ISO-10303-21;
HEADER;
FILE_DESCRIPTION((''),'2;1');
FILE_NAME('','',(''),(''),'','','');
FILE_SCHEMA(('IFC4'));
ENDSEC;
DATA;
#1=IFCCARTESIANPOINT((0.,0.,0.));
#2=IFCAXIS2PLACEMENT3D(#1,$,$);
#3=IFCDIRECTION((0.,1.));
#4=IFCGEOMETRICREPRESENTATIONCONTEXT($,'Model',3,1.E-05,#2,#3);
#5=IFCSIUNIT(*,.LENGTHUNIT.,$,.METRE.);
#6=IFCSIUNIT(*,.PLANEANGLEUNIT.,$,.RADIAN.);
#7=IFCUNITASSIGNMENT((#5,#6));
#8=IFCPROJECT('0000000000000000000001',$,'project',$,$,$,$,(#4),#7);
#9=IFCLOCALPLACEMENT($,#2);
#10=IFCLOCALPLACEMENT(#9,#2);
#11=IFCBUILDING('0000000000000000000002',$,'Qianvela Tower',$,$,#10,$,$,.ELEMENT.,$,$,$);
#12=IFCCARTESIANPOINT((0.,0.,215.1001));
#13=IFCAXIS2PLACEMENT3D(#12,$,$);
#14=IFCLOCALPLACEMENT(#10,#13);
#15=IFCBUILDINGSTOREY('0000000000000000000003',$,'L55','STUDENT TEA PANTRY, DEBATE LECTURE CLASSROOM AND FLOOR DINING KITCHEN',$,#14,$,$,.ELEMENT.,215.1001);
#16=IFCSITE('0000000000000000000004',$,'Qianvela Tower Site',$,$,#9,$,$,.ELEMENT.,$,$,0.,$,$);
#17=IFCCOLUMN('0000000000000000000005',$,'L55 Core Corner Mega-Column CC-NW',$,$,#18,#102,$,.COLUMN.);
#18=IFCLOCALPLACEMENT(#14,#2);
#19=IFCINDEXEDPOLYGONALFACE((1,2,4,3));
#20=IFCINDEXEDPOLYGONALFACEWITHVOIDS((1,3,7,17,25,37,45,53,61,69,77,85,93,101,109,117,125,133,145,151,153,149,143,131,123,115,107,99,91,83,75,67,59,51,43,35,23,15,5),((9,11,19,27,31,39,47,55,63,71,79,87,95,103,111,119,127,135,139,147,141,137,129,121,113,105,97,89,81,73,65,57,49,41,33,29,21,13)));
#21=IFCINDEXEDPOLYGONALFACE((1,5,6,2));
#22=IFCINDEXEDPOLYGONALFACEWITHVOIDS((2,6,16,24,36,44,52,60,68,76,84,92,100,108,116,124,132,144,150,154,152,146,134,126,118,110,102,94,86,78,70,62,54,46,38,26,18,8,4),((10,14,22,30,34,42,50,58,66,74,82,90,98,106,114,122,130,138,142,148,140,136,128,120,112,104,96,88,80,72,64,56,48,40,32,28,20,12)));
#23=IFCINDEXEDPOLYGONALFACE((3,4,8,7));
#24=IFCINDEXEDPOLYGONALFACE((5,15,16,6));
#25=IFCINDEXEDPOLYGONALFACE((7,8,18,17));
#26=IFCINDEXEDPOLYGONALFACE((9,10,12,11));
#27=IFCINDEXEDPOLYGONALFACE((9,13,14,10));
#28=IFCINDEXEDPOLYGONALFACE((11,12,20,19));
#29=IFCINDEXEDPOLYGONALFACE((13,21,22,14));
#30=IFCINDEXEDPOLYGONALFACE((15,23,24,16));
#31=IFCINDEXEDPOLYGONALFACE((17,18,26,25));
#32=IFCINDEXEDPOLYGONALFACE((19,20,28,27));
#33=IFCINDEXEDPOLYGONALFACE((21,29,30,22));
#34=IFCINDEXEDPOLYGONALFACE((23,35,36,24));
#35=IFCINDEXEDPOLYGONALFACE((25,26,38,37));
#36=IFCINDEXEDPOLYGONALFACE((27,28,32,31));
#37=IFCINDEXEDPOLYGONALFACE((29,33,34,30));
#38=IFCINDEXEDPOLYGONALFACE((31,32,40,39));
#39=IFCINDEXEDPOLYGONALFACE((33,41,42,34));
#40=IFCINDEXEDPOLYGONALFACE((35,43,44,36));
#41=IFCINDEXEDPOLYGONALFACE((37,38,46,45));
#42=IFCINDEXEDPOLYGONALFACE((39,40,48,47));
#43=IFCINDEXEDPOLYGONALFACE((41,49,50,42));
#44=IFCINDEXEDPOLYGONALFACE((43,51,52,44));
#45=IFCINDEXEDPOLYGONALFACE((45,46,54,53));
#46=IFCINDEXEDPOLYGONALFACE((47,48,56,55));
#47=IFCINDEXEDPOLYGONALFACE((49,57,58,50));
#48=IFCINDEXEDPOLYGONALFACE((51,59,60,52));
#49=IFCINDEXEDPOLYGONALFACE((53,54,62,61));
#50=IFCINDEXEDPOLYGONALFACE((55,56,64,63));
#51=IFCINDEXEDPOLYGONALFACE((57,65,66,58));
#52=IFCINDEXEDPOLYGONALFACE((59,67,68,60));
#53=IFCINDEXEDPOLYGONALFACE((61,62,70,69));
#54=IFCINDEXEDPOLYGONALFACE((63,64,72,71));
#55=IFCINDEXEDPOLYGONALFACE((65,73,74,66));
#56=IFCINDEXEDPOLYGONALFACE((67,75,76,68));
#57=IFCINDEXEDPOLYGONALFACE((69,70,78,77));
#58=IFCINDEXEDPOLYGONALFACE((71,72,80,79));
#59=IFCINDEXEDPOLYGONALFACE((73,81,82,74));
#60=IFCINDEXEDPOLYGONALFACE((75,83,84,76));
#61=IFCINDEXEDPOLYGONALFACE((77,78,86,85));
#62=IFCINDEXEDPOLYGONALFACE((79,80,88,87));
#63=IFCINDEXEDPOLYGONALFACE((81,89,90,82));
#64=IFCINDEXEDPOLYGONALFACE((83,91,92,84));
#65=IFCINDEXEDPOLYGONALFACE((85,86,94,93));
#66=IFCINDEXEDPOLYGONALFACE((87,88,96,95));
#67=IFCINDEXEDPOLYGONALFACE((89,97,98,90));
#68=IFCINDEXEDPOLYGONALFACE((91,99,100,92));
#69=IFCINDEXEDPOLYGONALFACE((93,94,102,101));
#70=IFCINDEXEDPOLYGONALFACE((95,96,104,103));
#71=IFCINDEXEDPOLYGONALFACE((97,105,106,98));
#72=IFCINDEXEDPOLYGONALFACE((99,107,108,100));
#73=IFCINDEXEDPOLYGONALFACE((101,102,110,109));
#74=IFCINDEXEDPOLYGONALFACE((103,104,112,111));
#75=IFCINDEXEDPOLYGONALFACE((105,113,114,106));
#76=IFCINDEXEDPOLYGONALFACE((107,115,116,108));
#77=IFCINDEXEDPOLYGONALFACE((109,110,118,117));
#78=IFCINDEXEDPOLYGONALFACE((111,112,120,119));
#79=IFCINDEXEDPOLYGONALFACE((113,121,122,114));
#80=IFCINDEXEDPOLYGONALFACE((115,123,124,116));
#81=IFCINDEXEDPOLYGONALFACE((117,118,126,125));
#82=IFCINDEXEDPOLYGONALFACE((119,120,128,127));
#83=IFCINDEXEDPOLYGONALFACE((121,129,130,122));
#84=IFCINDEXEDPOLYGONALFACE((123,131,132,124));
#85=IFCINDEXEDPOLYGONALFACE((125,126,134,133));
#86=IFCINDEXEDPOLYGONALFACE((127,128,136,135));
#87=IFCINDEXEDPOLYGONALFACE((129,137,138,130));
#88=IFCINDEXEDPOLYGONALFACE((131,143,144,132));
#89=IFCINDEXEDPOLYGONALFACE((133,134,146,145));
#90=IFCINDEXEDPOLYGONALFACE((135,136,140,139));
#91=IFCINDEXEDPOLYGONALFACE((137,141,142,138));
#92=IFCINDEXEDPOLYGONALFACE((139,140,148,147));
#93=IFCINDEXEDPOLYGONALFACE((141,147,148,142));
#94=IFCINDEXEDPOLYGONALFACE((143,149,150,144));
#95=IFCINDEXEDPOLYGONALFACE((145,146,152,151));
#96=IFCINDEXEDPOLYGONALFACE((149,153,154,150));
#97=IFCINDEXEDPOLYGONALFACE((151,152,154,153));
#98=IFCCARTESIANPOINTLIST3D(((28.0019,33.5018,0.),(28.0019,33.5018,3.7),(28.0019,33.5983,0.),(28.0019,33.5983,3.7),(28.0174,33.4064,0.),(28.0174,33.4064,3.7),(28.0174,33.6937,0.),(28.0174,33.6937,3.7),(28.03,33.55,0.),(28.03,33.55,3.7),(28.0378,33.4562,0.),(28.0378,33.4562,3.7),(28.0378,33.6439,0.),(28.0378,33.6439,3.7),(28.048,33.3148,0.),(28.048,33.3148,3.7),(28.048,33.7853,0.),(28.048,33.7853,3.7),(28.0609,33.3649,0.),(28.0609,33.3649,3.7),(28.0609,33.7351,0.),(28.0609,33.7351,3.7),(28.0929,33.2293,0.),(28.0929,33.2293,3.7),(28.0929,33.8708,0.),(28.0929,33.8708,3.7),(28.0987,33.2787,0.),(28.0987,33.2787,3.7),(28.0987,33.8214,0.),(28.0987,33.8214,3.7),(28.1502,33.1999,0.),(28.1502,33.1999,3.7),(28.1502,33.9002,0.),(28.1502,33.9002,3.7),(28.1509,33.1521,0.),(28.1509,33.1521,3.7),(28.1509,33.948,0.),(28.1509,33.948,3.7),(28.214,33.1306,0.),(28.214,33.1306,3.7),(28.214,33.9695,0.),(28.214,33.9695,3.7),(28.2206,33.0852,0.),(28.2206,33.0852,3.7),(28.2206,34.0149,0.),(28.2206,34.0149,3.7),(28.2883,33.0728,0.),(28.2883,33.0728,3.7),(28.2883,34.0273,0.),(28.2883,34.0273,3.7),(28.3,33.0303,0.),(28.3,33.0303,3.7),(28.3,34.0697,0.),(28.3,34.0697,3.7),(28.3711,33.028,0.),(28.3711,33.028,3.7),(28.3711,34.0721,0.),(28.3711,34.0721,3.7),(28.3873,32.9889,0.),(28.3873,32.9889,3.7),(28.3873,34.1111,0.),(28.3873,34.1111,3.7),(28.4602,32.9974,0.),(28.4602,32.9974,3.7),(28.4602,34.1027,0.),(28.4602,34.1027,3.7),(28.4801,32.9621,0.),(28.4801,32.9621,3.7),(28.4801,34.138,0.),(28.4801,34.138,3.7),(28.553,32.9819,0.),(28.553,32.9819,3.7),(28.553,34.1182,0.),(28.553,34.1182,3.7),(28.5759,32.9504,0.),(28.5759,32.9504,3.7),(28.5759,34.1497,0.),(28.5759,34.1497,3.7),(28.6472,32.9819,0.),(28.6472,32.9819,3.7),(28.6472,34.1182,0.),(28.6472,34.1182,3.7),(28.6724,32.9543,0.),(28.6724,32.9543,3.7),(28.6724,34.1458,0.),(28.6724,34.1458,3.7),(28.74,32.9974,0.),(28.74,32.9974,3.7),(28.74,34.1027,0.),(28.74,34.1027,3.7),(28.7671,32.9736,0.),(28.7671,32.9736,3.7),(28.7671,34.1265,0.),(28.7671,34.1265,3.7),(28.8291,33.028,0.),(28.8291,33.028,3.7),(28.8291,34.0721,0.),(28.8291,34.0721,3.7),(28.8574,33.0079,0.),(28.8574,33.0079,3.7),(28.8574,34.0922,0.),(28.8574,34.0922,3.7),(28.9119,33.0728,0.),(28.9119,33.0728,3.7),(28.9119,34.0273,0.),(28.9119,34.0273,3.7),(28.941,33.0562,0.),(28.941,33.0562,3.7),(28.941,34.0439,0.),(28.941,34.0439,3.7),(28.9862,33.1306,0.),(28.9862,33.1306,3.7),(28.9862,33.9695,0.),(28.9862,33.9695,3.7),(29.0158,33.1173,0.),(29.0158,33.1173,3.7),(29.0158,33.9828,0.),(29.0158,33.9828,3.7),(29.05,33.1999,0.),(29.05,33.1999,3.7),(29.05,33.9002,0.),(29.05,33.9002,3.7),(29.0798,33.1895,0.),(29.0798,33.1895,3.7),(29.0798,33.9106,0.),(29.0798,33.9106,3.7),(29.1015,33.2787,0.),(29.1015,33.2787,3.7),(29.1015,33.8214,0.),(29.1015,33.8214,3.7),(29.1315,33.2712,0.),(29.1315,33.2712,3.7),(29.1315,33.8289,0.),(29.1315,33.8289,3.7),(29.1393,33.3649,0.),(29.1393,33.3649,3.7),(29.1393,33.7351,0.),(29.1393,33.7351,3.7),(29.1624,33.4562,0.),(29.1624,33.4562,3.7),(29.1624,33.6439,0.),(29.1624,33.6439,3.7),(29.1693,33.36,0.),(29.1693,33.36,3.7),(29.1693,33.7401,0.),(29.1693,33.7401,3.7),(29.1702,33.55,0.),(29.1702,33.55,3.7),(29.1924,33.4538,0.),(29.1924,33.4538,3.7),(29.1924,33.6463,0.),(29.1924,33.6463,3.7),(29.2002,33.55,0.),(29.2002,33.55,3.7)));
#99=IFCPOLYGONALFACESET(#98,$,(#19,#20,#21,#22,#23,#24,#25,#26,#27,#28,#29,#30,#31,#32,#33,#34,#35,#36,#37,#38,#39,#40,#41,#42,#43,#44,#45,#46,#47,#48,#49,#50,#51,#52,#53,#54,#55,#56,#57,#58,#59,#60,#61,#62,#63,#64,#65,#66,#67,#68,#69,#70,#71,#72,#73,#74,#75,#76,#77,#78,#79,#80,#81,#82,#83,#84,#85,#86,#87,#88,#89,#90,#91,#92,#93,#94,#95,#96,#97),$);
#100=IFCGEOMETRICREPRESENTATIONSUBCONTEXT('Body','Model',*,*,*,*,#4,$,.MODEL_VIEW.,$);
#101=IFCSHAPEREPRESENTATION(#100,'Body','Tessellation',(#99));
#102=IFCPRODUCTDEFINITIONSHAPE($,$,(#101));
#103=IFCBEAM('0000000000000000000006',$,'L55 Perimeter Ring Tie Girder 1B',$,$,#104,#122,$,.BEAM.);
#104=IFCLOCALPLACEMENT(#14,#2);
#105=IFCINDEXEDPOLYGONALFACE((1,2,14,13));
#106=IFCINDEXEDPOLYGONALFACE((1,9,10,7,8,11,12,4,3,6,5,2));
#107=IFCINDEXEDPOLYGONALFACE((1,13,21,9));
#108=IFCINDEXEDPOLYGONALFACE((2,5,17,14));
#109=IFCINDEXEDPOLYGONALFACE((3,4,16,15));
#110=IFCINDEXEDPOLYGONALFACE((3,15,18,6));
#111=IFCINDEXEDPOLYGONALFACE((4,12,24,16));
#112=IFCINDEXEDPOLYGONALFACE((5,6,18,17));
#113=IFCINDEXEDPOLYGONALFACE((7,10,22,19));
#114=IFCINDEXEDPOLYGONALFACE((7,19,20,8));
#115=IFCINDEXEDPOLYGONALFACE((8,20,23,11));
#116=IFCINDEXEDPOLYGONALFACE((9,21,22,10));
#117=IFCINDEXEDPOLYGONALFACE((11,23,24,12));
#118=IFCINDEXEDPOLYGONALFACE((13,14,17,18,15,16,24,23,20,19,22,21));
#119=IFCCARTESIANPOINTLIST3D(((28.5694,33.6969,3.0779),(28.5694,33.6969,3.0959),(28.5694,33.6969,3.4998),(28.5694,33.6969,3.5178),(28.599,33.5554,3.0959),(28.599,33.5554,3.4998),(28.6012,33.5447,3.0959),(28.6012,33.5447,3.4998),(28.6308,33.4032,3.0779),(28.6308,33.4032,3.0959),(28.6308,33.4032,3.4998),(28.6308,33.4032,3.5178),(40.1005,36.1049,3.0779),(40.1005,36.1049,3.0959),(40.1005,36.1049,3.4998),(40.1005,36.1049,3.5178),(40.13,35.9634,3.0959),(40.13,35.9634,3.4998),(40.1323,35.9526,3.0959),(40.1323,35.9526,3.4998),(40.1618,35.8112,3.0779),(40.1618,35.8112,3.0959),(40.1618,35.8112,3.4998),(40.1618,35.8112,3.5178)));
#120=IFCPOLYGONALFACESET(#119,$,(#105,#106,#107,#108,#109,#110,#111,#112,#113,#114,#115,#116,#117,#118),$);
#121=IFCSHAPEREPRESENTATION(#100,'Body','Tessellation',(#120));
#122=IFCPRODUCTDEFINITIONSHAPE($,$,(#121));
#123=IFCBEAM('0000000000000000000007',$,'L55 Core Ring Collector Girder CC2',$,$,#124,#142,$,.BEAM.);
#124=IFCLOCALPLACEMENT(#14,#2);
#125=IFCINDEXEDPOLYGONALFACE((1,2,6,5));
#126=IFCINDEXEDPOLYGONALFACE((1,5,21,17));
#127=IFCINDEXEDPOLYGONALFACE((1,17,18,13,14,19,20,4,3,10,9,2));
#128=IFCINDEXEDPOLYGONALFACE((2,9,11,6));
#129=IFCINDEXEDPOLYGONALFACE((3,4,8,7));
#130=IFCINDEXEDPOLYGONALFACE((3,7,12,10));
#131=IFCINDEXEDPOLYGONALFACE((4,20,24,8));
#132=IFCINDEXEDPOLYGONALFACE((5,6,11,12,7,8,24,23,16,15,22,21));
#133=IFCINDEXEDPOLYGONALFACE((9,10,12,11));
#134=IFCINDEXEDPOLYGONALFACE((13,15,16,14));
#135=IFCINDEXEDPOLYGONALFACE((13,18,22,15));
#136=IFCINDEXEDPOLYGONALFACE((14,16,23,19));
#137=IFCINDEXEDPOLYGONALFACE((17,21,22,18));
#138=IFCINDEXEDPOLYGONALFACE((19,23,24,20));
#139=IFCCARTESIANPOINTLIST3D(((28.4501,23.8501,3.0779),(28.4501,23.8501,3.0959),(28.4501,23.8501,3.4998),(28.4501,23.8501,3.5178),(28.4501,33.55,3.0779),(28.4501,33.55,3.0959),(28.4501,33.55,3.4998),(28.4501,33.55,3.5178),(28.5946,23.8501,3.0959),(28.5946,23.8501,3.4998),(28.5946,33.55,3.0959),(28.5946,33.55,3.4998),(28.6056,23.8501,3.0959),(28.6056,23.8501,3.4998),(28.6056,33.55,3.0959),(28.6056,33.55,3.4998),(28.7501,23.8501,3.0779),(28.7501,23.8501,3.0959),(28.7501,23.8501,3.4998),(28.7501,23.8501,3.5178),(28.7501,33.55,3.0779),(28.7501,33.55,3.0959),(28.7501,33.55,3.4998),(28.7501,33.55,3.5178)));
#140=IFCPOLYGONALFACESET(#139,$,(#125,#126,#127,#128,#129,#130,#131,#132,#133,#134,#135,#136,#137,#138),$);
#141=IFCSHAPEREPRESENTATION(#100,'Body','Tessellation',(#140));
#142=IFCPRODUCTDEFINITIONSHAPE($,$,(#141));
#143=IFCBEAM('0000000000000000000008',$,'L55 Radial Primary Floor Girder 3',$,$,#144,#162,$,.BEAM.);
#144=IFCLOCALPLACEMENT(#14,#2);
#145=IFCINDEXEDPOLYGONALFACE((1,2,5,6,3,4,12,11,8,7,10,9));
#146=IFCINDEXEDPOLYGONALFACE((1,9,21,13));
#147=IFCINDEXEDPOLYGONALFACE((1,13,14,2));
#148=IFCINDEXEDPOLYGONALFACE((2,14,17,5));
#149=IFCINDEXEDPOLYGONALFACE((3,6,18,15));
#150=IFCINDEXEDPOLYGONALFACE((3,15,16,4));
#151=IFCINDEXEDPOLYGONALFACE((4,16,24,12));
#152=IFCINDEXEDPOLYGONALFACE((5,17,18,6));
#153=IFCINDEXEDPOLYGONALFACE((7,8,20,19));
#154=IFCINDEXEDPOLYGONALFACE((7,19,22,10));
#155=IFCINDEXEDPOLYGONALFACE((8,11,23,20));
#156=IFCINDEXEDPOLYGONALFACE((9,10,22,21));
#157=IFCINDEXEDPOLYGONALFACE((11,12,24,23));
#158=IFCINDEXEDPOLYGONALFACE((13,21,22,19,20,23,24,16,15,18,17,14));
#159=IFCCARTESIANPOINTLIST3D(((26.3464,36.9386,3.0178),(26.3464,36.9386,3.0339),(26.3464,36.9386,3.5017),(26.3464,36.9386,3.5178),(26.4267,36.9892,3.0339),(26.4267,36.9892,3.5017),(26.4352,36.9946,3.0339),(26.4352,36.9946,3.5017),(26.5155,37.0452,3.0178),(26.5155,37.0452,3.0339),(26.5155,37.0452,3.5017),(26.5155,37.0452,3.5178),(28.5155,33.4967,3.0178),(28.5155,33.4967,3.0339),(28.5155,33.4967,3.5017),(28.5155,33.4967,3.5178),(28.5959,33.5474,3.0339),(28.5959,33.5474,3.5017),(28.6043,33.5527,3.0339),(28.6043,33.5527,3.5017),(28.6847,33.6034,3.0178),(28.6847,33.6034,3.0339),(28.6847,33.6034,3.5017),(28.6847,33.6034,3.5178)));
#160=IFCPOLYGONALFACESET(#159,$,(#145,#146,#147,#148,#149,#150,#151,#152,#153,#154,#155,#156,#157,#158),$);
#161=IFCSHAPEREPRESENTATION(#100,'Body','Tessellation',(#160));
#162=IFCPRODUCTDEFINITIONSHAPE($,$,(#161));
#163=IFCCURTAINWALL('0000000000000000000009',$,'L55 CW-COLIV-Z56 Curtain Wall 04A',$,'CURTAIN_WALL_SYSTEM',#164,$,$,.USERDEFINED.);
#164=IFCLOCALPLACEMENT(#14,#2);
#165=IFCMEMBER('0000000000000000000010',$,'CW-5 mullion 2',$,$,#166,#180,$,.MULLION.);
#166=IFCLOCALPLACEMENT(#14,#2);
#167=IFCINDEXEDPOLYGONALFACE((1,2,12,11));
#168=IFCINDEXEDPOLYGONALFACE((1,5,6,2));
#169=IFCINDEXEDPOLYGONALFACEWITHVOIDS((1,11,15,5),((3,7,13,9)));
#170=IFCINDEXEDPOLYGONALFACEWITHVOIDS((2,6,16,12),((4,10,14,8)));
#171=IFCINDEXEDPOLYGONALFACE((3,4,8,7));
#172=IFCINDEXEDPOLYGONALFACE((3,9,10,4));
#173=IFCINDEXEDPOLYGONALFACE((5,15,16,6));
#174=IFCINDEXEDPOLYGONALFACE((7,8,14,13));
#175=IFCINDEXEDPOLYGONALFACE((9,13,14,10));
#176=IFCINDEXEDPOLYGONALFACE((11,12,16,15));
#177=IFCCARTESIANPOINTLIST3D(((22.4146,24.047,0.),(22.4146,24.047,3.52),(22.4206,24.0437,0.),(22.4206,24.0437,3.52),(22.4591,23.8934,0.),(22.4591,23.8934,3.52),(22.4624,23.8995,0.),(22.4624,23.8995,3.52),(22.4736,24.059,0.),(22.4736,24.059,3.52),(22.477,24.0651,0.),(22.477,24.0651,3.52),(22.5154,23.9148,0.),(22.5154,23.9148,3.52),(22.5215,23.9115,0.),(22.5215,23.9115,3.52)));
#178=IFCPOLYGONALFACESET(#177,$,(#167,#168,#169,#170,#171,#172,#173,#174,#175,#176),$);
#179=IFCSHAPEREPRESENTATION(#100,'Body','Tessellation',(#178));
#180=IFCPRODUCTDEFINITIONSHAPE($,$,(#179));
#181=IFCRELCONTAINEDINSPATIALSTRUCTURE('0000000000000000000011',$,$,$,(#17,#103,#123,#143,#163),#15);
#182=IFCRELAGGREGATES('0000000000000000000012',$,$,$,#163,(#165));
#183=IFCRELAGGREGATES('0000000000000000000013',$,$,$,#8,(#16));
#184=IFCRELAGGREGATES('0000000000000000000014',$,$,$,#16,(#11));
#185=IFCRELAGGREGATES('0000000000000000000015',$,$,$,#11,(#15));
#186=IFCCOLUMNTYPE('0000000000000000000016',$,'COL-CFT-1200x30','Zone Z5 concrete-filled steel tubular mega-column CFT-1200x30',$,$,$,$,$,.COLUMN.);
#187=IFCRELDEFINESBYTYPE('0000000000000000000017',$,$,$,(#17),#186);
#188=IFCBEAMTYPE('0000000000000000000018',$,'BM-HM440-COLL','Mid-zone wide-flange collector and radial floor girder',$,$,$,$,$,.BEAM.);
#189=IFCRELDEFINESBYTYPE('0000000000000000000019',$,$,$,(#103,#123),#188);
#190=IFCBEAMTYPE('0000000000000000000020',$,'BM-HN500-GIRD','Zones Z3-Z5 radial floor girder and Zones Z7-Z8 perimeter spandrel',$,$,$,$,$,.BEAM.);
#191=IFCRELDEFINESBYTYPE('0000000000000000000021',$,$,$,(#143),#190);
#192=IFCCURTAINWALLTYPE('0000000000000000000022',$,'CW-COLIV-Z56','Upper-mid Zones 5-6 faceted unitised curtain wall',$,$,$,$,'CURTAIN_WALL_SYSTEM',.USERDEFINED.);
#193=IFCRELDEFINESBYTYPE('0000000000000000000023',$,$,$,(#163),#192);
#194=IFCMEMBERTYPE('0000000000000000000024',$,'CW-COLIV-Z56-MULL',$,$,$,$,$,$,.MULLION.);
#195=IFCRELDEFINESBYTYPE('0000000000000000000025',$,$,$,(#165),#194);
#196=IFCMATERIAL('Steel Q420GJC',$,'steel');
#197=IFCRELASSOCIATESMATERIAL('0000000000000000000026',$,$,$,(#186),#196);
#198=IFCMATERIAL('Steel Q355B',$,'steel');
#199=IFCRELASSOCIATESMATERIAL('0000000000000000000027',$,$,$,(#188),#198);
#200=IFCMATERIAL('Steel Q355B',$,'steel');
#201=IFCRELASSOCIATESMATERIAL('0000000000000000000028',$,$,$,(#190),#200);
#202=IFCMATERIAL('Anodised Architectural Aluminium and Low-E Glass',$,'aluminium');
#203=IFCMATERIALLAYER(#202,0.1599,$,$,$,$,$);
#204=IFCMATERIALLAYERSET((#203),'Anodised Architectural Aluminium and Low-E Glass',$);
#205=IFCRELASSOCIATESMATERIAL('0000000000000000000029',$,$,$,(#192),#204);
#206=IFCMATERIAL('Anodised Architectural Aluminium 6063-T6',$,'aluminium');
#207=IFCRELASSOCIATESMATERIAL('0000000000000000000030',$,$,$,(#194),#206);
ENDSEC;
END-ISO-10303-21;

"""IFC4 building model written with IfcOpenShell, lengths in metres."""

from ifc_helpers import new_model, si_unit, direction, frame, origin, origin_2d, place, context, subcontext, project, spatial, hollow_rectangle, hollow_circle, i_section, extrude, material, layer, layer_set, material_profile, profile_set, type_object, element, aggregate, save


model = new_model("IFC4")

# Units and contexts
model_context = context("Model", 3, precision=1e-05, world=origin(), true_north=direction((0.0, 1.0)))
body_context = subcontext(model_context, "Body", "Model", "MODEL_VIEW")
ifc_project = project(units=[si_unit("LENGTHUNIT", "METRE"), si_unit("PLANEANGLEUNIT", "RADIAN")], contexts=[model_context])

# Site, building, storey
site_placement = place(None, origin())
site = spatial("IfcSite", under=ifc_project, at=site_placement, Name="Qianvela Tower Site", CompositionType="ELEMENT", RefElevation=0.0)
building_placement = place(site_placement, origin())
building = spatial("IfcBuilding", under=site, at=building_placement, Name="Qianvela Tower", CompositionType="ELEMENT")
storey_placement = place(building_placement, frame((0.0, 0.0, 215.1001)))
storey = spatial("IfcBuildingStorey", under=building, at=storey_placement, Name="L55", Description="STUDENT TEA PANTRY, DEBATE LECTURE CLASSROOM AND FLOOR DINING KITCHEN", CompositionType="ELEMENT", Elevation=215.1001)

# Column
ifc_material_1 = material(Name="Steel Q420GJC", Category="steel")
ifc_material_profile_1 = material_profile(ifc_material_1, hollow_circle(Radius=0.6001, WallThickness=0.03, at=origin_2d()), Name="CFT-1200x30")
ifc_profile_set_1 = profile_set([ifc_material_profile_1], Name="Steel Q420GJC")
column_type = type_object("IfcColumnType", Name="COL-CFT-1200x30", Description="Zone Z5 concrete-filled steel tubular mega-column CFT-1200x30", PredefinedType="COLUMN", material=ifc_profile_set_1)
column_placement = place(storey_placement, frame((28.6001, 33.55, 0.0), z_axis=(0.0, 0.0, 1.0), x_axis=(1.0, 0.0, 0.0)))
element("IfcColumn", 1, at=column_placement, inside=storey, type_object=column_type, Name="L55 Core Corner Mega-Column CC-NW", PredefinedType="COLUMN", context=body_context, shape_type="SweptSolid", body=[
    extrude(hollow_circle(Radius=0.6001, WallThickness=0.03, at=origin_2d()), origin(), (0.0, 0.0, 1.0), 3.7),
])

# Beams
ifc_material_2 = material(Name="Steel Q355B", Category="steel")
ifc_material_profile_2 = material_profile(ifc_material_2, i_section(OverallWidth=0.3, OverallDepth=0.4399, WebThickness=0.011, FlangeThickness=0.0181, at=origin_2d()), Name="HM440x300x11x18")
ifc_profile_set_2 = profile_set([ifc_material_profile_2], Name="Steel Q355B")
beam_type_1 = type_object("IfcBeamType", Name="BM-HM440-COLL", Description="Mid-zone wide-flange collector and radial floor girder", PredefinedType="BEAM", material=ifc_profile_set_2)
beam_1_placement = place(storey_placement, frame((28.6001, 33.55, 3.2979), z_axis=(0.978884, 0.204415, 0.0), x_axis=(-0.204415, 0.978884, 0.0)))
element("IfcBeam", 2, at=beam_1_placement, inside=storey, type_object=beam_type_1, Name="L55 Perimeter Ring Tie Girder 1B", PredefinedType="BEAM", context=body_context, shape_type="SweptSolid", body=[
    extrude(i_section(OverallWidth=0.3, OverallDepth=0.4399, WebThickness=0.011, FlangeThickness=0.0181, at=origin_2d()), origin(), (0.0, 0.0, 1.0), 11.7798),
])
beam_2_placement = place(storey_placement, frame((28.6001, 33.55, 3.2979), z_axis=(0.0, -1.0, 0.0), x_axis=(1.0, 0.0, 0.0)))
element("IfcBeam", 3, at=beam_2_placement, inside=storey, type_object=beam_type_1, Name="L55 Core Ring Collector Girder CC2", PredefinedType="BEAM", context=body_context, shape_type="SweptSolid", body=[
    extrude(i_section(OverallWidth=0.3, OverallDepth=0.4399, WebThickness=0.011, FlangeThickness=0.0181, at=origin_2d()), origin(), (0.0, 0.0, 1.0), 9.7),
])
ifc_material_3 = material(Name="Steel Q355B", Category="steel")
ifc_material_profile_3 = material_profile(ifc_material_3, i_section(OverallWidth=0.2, OverallDepth=0.5, WebThickness=0.01, FlangeThickness=0.0161, at=origin_2d()), Name="HN500x200x10x16")
ifc_profile_set_3 = profile_set([ifc_material_profile_3], Name="Steel Q355B")
beam_type_2 = type_object("IfcBeamType", Name="BM-HN500-GIRD", Description="Zones Z3-Z5 radial floor girder and Zones Z7-Z8 perimeter spandrel", PredefinedType="BEAM", material=ifc_profile_set_3)
beam_3_placement = place(storey_placement, frame((28.6001, 33.55, 3.2678), z_axis=(-0.533178, 0.846003, 0.0), x_axis=(-0.846003, -0.533178, 0.0)))
element("IfcBeam", 4, at=beam_3_placement, inside=storey, type_object=beam_type_2, Name="L55 Radial Primary Floor Girder 3", PredefinedType="BEAM", context=body_context, shape_type="SweptSolid", body=[
    extrude(i_section(OverallWidth=0.2, OverallDepth=0.5, WebThickness=0.01, FlangeThickness=0.0161, at=origin_2d()), origin(), (0.0, 0.0, 1.0), 4.0684),
])

# Curtain wall, member
ifc_material_4 = material(Name="Anodised Architectural Aluminium and Low-E Glass", Category="aluminium")
ifc_layer_1 = layer(ifc_material_4, 0.1599)
ifc_layer_set_1 = layer_set([ifc_layer_1], Name="Anodised Architectural Aluminium and Low-E Glass")
curtain_wall_type = type_object("IfcCurtainWallType", Name="CW-COLIV-Z56", Description="Upper-mid Zones 5-6 faceted unitised curtain wall", ElementType="CURTAIN_WALL_SYSTEM", PredefinedType="USERDEFINED", material=ifc_layer_set_1)
curtain_wall_placement = place(storey_placement, origin())
curtain_wall = element("IfcCurtainWall", 5, at=curtain_wall_placement, inside=storey, type_object=curtain_wall_type, Name="L55 CW-COLIV-Z56 Curtain Wall 04A", ObjectType="CURTAIN_WALL_SYSTEM", PredefinedType="USERDEFINED")
ifc_material_5 = material(Name="Anodised Architectural Aluminium 6063-T6", Category="aluminium")
ifc_material_profile_4 = material_profile(ifc_material_5, hollow_rectangle(XDim=0.0649, YDim=0.1599, WallThickness=0.0049, at=origin_2d()), Name="ALU-MULL-65x160")
ifc_profile_set_4 = profile_set([ifc_material_profile_4], Name="Anodised Architectural Aluminium 6063-T6")
member_type = type_object("IfcMemberType", Name="CW-COLIV-Z56-MULL", PredefinedType="MULLION", material=ifc_profile_set_4)
member_placement = place(storey_placement, frame((22.468, 23.9792, 0.0), z_axis=(0.0, 0.0, 1.0), x_axis=(0.960487, 0.278323, 0.0)))
member = element("IfcMember", 6, at=member_placement, type_object=member_type, Name="CW-5 mullion 2", PredefinedType="MULLION", context=body_context, shape_type="SweptSolid", body=[
    extrude(hollow_rectangle(XDim=0.0649, YDim=0.1599, WallThickness=0.0049, at=origin_2d()), origin(), (0.0, 0.0, 1.0), 3.52),
])
aggregate(curtain_wall, [member])

save(model, "model.ifc")
